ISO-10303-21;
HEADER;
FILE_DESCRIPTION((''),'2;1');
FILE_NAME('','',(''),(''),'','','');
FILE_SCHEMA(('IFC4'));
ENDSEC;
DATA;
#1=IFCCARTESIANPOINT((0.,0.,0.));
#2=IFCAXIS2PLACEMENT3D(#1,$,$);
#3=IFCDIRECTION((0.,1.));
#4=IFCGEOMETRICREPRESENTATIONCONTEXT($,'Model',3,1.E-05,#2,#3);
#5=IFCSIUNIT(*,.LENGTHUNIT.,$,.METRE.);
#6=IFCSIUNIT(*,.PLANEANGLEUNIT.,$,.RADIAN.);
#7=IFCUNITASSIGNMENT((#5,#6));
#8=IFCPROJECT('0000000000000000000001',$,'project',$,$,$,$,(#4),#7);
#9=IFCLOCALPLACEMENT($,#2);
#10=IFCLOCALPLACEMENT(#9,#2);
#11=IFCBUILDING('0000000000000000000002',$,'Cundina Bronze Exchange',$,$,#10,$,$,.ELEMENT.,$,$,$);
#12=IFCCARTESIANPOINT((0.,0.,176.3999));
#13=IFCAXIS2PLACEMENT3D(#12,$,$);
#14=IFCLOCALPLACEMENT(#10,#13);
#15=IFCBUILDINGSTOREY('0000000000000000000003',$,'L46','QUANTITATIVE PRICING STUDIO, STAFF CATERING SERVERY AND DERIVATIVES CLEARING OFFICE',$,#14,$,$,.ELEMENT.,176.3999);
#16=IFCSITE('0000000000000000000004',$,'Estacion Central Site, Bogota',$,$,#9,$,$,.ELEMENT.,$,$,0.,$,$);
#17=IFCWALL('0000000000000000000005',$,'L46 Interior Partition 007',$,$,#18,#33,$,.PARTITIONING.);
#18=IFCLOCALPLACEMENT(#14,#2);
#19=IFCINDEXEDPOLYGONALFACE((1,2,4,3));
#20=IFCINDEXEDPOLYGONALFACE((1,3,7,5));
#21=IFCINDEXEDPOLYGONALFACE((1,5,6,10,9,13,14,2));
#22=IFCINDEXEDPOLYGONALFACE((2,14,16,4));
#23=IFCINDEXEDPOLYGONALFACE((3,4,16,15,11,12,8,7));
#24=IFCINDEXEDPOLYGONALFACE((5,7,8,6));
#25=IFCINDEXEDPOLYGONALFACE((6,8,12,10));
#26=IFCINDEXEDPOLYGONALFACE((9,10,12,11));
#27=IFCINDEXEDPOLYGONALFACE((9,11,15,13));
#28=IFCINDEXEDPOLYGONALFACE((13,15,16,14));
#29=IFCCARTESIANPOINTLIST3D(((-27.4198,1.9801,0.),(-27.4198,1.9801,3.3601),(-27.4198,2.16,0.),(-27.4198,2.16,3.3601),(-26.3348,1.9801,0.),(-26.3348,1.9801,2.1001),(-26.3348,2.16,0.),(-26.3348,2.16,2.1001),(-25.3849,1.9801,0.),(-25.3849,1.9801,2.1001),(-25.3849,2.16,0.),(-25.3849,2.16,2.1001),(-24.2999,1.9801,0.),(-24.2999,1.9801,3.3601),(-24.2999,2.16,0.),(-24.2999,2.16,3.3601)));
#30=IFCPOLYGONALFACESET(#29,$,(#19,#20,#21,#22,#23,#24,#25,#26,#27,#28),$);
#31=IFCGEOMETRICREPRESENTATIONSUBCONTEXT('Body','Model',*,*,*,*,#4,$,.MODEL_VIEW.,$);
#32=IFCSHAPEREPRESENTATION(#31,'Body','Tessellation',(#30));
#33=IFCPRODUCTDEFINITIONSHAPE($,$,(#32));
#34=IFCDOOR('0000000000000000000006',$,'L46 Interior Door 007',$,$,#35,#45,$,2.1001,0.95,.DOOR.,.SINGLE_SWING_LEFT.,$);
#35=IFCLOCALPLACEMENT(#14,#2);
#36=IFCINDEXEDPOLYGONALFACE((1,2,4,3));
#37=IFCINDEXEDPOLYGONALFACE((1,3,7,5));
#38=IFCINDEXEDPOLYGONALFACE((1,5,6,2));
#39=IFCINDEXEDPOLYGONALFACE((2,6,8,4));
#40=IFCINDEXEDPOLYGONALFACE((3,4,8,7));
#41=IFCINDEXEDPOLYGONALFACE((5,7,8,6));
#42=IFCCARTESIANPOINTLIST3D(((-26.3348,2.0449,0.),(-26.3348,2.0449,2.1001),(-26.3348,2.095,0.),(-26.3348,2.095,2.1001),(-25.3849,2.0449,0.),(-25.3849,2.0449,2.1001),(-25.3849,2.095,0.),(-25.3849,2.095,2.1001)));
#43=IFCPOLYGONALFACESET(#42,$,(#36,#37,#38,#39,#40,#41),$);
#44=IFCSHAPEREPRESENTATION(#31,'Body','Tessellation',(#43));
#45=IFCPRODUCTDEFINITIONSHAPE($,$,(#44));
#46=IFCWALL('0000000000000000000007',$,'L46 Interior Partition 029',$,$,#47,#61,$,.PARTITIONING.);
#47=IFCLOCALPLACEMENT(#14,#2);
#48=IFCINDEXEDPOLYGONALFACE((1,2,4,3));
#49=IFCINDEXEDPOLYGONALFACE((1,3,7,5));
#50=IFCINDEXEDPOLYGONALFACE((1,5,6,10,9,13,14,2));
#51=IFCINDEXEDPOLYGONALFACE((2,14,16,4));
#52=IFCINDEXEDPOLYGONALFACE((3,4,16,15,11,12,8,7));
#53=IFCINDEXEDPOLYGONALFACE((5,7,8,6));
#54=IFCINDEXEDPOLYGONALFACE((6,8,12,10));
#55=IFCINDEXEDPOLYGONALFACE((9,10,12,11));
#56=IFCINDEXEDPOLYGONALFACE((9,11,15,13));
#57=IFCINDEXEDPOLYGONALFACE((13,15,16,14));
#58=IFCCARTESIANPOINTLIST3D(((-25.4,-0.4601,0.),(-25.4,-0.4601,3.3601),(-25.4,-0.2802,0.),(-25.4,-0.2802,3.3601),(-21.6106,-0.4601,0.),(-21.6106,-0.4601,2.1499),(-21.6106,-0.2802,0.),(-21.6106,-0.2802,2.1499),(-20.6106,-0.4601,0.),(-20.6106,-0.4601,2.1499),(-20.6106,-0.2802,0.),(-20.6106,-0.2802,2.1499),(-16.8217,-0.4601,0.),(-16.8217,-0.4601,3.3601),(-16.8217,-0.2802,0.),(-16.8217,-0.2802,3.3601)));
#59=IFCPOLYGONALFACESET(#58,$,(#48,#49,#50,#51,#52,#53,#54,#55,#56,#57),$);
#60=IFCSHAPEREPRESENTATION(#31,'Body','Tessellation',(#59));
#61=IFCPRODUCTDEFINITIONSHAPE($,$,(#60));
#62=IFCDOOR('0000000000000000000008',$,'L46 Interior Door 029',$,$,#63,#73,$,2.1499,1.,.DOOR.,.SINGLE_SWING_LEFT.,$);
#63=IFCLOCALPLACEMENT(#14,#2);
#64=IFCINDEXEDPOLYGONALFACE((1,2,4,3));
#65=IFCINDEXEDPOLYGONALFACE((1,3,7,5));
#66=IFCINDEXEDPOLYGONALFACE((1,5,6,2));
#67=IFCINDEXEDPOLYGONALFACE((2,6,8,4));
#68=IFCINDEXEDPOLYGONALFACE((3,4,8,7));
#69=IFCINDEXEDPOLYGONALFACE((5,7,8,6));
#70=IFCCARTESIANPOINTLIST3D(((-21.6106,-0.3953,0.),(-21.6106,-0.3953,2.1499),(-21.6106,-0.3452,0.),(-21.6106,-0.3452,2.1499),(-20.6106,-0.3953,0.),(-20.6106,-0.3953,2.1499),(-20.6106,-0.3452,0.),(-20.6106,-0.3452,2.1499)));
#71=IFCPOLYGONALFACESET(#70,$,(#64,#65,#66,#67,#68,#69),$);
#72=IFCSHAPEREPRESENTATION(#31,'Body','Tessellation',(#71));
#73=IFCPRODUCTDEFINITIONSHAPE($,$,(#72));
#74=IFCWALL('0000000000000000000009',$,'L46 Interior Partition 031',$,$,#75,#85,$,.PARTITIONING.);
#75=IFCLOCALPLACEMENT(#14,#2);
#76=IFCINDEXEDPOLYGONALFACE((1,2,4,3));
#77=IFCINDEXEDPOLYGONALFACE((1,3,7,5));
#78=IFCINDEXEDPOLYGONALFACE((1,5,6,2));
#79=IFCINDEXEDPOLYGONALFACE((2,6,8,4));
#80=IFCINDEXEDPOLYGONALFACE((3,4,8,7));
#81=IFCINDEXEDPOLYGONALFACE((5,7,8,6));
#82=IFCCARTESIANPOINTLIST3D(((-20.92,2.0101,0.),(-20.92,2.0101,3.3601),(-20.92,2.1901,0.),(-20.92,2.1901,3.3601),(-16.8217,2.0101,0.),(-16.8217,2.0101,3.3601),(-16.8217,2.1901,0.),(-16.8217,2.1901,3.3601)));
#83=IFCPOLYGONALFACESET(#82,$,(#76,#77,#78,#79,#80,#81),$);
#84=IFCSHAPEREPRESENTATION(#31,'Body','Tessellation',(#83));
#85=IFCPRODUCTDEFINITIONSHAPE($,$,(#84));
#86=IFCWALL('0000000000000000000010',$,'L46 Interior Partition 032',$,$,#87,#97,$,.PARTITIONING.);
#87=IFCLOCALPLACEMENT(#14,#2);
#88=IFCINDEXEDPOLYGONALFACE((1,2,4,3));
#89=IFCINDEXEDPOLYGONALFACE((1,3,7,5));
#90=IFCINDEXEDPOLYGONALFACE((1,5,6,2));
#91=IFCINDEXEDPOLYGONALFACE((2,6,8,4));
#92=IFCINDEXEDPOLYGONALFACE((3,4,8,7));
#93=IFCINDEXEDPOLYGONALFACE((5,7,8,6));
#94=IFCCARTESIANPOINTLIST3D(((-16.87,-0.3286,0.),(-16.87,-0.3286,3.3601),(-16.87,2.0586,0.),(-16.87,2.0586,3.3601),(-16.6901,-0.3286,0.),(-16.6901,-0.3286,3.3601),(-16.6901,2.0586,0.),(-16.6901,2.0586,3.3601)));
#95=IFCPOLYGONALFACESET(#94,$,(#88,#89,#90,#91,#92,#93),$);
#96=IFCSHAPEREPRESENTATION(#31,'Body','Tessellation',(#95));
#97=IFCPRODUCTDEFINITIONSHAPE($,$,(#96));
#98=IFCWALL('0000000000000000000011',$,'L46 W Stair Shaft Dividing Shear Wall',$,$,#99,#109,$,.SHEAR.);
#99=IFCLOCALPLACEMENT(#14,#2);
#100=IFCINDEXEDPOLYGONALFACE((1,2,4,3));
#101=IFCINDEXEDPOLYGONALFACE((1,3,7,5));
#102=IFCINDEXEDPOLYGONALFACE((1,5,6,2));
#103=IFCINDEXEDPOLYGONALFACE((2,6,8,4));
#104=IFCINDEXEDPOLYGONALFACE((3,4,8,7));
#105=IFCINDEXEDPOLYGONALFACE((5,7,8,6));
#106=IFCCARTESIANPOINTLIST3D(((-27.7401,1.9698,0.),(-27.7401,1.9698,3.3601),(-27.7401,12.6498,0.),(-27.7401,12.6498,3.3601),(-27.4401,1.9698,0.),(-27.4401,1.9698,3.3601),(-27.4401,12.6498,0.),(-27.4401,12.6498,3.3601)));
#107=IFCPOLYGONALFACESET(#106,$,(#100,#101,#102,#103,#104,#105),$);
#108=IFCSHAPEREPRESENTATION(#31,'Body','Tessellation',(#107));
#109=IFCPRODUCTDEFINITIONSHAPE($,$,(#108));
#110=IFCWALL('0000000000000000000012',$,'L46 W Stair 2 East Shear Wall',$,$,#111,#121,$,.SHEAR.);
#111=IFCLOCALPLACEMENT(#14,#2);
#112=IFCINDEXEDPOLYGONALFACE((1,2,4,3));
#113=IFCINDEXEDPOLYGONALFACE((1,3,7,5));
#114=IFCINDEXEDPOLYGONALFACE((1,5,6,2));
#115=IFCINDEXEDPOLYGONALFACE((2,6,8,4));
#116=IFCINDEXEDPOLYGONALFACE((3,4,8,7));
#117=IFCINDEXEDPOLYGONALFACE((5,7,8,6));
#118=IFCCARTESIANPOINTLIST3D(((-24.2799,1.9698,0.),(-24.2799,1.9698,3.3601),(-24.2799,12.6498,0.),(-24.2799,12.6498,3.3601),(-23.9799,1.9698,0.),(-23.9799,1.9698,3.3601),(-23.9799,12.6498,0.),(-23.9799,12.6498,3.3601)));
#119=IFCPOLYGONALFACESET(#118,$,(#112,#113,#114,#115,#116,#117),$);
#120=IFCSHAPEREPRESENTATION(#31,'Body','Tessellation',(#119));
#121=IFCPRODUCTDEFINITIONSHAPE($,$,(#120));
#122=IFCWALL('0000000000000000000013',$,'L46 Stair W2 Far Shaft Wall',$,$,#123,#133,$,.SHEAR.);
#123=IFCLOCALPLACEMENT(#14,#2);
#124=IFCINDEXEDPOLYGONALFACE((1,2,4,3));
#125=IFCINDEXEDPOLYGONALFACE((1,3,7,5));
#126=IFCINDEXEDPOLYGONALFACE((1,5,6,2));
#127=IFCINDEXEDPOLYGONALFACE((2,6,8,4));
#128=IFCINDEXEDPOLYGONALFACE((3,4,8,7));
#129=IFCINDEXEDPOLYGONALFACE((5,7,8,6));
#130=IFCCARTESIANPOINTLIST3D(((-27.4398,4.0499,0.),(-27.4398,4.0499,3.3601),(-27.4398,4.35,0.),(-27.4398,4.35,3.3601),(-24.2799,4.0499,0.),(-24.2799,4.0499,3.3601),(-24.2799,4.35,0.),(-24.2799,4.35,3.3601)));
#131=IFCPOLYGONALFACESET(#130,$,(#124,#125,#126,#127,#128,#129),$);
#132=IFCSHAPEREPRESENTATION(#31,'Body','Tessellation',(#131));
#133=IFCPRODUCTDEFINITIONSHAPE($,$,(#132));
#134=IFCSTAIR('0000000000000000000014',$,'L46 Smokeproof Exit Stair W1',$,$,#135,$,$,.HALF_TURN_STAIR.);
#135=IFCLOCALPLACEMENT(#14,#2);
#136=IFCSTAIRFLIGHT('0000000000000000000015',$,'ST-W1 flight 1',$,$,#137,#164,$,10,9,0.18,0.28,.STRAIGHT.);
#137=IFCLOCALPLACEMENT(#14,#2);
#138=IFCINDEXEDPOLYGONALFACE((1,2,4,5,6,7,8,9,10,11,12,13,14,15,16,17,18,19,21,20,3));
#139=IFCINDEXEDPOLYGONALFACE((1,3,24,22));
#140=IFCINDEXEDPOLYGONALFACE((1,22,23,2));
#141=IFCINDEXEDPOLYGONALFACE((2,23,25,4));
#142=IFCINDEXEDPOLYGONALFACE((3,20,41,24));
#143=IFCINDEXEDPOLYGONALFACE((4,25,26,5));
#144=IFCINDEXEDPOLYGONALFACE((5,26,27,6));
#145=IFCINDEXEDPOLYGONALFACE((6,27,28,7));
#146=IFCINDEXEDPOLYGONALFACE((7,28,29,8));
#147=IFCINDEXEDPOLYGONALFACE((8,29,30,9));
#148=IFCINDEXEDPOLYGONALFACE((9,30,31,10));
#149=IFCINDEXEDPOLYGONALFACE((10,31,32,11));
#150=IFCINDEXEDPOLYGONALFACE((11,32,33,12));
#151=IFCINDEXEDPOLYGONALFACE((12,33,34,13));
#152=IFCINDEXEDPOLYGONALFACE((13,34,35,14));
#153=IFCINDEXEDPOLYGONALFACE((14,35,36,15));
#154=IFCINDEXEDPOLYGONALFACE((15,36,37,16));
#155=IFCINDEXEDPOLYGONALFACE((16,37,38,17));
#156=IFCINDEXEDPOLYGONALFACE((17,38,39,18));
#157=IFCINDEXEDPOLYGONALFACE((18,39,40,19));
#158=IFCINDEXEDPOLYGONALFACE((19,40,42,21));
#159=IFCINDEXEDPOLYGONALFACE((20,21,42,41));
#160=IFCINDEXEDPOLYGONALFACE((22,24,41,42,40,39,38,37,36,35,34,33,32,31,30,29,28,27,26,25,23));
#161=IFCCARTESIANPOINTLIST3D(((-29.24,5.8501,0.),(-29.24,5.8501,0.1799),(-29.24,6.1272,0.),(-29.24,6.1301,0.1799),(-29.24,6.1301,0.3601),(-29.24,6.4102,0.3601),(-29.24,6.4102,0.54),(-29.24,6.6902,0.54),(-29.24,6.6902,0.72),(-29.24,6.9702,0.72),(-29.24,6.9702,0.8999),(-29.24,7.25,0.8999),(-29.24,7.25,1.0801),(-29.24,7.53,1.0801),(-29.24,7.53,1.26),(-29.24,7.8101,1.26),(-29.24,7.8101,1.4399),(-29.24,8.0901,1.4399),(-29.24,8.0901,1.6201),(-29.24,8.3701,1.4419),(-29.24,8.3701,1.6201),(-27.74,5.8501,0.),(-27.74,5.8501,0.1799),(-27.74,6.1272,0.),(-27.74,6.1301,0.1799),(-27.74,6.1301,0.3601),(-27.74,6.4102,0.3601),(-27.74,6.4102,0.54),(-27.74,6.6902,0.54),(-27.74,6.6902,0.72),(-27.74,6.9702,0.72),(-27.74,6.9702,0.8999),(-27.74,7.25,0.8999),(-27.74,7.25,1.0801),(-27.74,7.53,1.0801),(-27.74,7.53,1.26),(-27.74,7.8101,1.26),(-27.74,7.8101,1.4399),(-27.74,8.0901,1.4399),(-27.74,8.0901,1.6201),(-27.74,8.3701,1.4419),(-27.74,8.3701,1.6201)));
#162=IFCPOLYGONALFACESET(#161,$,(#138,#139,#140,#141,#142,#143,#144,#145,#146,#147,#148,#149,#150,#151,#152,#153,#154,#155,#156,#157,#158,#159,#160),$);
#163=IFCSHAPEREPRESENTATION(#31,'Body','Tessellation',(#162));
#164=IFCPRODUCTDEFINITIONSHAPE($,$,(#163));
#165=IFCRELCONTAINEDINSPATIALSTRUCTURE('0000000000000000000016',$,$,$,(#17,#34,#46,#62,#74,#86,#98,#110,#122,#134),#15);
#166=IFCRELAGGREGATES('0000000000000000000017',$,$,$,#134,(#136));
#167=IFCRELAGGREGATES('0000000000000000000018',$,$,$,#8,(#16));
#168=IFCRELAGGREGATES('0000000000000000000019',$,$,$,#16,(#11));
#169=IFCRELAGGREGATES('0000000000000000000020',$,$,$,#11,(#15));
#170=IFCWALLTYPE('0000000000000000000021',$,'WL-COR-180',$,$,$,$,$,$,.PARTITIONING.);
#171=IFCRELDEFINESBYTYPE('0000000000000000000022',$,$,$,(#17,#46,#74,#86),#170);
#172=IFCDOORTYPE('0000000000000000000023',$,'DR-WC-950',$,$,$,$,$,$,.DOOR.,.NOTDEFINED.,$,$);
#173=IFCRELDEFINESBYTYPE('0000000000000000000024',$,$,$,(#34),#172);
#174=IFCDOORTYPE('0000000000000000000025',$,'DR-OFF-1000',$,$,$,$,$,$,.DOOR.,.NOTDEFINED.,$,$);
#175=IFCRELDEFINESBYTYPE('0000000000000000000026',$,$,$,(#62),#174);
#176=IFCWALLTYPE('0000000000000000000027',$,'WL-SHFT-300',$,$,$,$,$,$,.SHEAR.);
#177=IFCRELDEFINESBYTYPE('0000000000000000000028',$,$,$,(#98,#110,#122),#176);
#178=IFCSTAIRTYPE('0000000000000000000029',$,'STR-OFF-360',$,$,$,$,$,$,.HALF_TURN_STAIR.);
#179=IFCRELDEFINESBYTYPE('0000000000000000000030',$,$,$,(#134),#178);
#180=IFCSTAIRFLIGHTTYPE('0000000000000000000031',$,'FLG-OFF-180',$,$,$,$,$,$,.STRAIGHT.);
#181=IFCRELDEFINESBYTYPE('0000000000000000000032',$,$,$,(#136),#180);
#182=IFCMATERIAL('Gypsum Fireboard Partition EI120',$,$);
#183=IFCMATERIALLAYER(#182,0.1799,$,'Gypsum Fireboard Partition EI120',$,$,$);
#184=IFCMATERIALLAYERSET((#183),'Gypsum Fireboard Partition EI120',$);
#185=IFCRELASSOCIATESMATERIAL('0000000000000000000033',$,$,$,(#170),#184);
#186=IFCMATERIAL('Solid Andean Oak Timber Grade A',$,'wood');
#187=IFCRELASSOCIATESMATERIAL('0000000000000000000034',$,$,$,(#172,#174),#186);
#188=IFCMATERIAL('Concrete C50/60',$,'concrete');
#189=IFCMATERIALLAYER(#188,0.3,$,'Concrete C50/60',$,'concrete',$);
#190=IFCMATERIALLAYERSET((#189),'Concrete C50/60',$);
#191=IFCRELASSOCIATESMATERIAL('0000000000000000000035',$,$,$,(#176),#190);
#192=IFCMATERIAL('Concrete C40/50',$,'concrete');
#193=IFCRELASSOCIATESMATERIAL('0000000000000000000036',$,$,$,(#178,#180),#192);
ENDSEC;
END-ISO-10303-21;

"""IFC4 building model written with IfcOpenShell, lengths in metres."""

from ifc_helpers import new_model, si_unit, direction, frame, frame_2d, origin, place, context, subcontext, project, spatial, polyline, rectangle, outline, extrude, material, layer, layer_set, type_object, element, fill, aggregate, save


model = new_model("IFC4")

# Units and contexts
model_context = context("Model", 3, precision=1e-05, world=origin(), true_north=direction((0.0, 1.0)))
body_context = subcontext(model_context, "Body", "Model", "MODEL_VIEW")
ifc_project = project(units=[si_unit("LENGTHUNIT", "METRE"), si_unit("PLANEANGLEUNIT", "RADIAN")], contexts=[model_context])

# Site, building, storey
site_placement = place(None, origin())
site = spatial("IfcSite", under=ifc_project, at=site_placement, Name="Estacion Central Site, Bogota", CompositionType="ELEMENT", RefElevation=0.0)
building_placement = place(site_placement, origin())
building = spatial("IfcBuilding", under=site, at=building_placement, Name="Cundina Bronze Exchange", CompositionType="ELEMENT")
storey_placement = place(building_placement, frame((0.0, 0.0, 176.3999)))
storey = spatial("IfcBuildingStorey", under=building, at=storey_placement, Name="L46", Description="QUANTITATIVE PRICING STUDIO, STAFF CATERING SERVERY AND DERIVATIVES CLEARING OFFICE", CompositionType="ELEMENT", Elevation=176.3999)

# Shared definitions
ifc_material_1 = material(Name="Concrete C50/60", Category="concrete")

# Shared definitions
ifc_material_2 = material(Name="Gypsum Fireboard Partition EI120")
ifc_layer_1 = layer(ifc_material_2, 0.1799, Name="Gypsum Fireboard Partition EI120")
ifc_layer_set_1 = layer_set([ifc_layer_1], Name="Gypsum Fireboard Partition EI120")
wall_type_1 = type_object("IfcWallType", Name="WL-COR-180", PredefinedType="PARTITIONING", material=ifc_layer_set_1)

# Walls, openings, doors
wall_1_placement = place(storey_placement, frame((-27.4199, 2.0701, 0.0), z_axis=(0.0, 0.0, 1.0), x_axis=(1.0, 0.0, 0.0)))
wall_1 = element("IfcWall", 1, at=wall_1_placement, inside=storey, type_object=wall_type_1, Name="L46 Interior Partition 007", PredefinedType="PARTITIONING", context=body_context, shape_type="SweptSolid", body=[
    extrude(rectangle(XDim=3.1199, YDim=0.1799, at=frame_2d((1.5601, 0.0))), origin(), (0.0, 0.0, 1.0), 3.3601),
])
opening_1_placement = place(wall_1_placement, frame((1.085, 0.0, 0.0)))
opening_1 = element("IfcOpeningElement", 2, at=opening_1_placement, cuts=wall_1, PredefinedType="OPENING", context=body_context, shape_type="SweptSolid", body=[
    extrude(rectangle(XDim=0.95, YDim=2.1001, at=frame_2d((0.4751, 1.05))), frame((0.0, 0.0999, 0.0), z_axis=(0.0, -1.0, 0.0), x_axis=(1.0, 0.0, 0.0)), (0.0, 0.0, 1.0), 0.2),
])
ifc_material_3 = material(Name="Solid Andean Oak Timber Grade A", Category="wood")
door_type_1 = type_object("IfcDoorType", Name="DR-WC-950", OperationType="NOTDEFINED", PredefinedType="DOOR", material=ifc_material_3)
door_1_placement = place(opening_1_placement, origin())
door_1 = element("IfcDoor", 3, at=door_1_placement, inside=storey, type_object=door_type_1, Name="L46 Interior Door 007", OperationType="SINGLE_SWING_LEFT", OverallHeight=2.1001, OverallWidth=0.95, PredefinedType="DOOR", context=body_context, shape_type="SweptSolid", body=[
    extrude(rectangle(XDim=0.95, YDim=2.1001, at=frame_2d((0.4751, 1.05))), frame((0.0, 0.0249, 0.0), z_axis=(0.0, -1.0, 0.0), x_axis=(1.0, 0.0, 0.0)), (0.0, 0.0, 1.0), 0.05),
])
fill(opening_1, door_1)
wall_2_placement = place(storey_placement, frame((-25.3999, -0.3701, 0.0), z_axis=(0.0, 0.0, 1.0), x_axis=(1.0, 0.0, 0.0)))
wall_2 = element("IfcWall", 4, at=wall_2_placement, inside=storey, type_object=wall_type_1, Name="L46 Interior Partition 029", PredefinedType="PARTITIONING", context=body_context, shape_type="SweptSolid", body=[
    extrude(rectangle(XDim=8.5784, YDim=0.1799, at=frame_2d((4.2891, 0.0))), origin(), (0.0, 0.0, 1.0), 3.3601),
])
opening_2_placement = place(wall_2_placement, frame((3.7893, 0.0, 0.0)))
opening_2 = element("IfcOpeningElement", 5, at=opening_2_placement, cuts=wall_2, PredefinedType="OPENING", context=body_context, shape_type="SweptSolid", body=[
    extrude(rectangle(XDim=1.0, YDim=2.1499, at=frame_2d((0.5, 1.075))), frame((0.0, 0.0999, 0.0), z_axis=(0.0, -1.0, 0.0), x_axis=(1.0, 0.0, 0.0)), (0.0, 0.0, 1.0), 0.2),
])
door_type_2 = type_object("IfcDoorType", Name="DR-OFF-1000", OperationType="NOTDEFINED", PredefinedType="DOOR", material=ifc_material_3)
door_2_placement = place(opening_2_placement, origin())
door_2 = element("IfcDoor", 6, at=door_2_placement, inside=storey, type_object=door_type_2, Name="L46 Interior Door 029", OperationType="SINGLE_SWING_LEFT", OverallHeight=2.1499, OverallWidth=1.0, PredefinedType="DOOR", context=body_context, shape_type="SweptSolid", body=[
    extrude(rectangle(XDim=1.0, YDim=2.1499, at=frame_2d((0.5, 1.075))), frame((0.0, 0.0249, 0.0), z_axis=(0.0, -1.0, 0.0), x_axis=(1.0, 0.0, 0.0)), (0.0, 0.0, 1.0), 0.05),
])
fill(opening_2, door_2)

# Walls
wall_3_placement = place(storey_placement, frame((-16.8215, 2.1001, 0.0), z_axis=(0.0, 0.0, 1.0), x_axis=(-1.0, 0.0, 0.0)))
element("IfcWall", 7, at=wall_3_placement, inside=storey, type_object=wall_type_1, Name="L46 Interior Partition 031", PredefinedType="PARTITIONING", context=body_context, shape_type="SweptSolid", body=[
    extrude(rectangle(XDim=4.0984, YDim=0.1799, at=frame_2d((2.0493, 0.0))), origin(), (0.0, 0.0, 1.0), 3.3601),
])
wall_4_placement = place(storey_placement, frame((-16.78, -0.3286, 0.0), z_axis=(0.0, 0.0, 1.0), x_axis=(0.0, 1.0, 0.0)))
element("IfcWall", 8, at=wall_4_placement, inside=storey, type_object=wall_type_1, Name="L46 Interior Partition 032", PredefinedType="PARTITIONING", context=body_context, shape_type="SweptSolid", body=[
    extrude(rectangle(XDim=2.3872, YDim=0.1799, at=frame_2d((1.1936, 0.0))), origin(), (0.0, 0.0, 1.0), 3.3601),
])
ifc_layer_2 = layer(ifc_material_1, 0.3, Name="Concrete C50/60", Category="concrete")
ifc_layer_set_2 = layer_set([ifc_layer_2], Name="Concrete C50/60")
wall_type_2 = type_object("IfcWallType", Name="WL-SHFT-300", PredefinedType="SHEAR", material=ifc_layer_set_2)
for number, where, z_axis, x_axis, name in (
    (9, (-27.5901, 1.97, 0.0), (0.0, 0.0, 1.0), (0.0, 1.0, 0.0), "L46 W Stair Shaft Dividing Shear Wall"),
    (10, (-24.1299, 1.97, 0.0), (0.0, 0.0, 1.0), (0.0, 1.0, 0.0), "L46 W Stair 2 East Shear Wall"),
):
    element("IfcWall", number, at=place(storey_placement, frame(where, z_axis=z_axis, x_axis=x_axis)), inside=storey, type_object=wall_type_2, Name=name, PredefinedType="SHEAR", context=body_context, shape_type="SweptSolid", body=[
        extrude(rectangle(XDim=10.6799, YDim=0.3, at=frame_2d((5.3398, 0.0))), origin(), (0.0, 0.0, 1.0), 3.3601),
    ])
wall_5_placement = place(storey_placement, frame((-27.4399, 4.2, 0.0), z_axis=(0.0, 0.0, 1.0), x_axis=(1.0, 0.0, 0.0)))
element("IfcWall", 11, at=wall_5_placement, inside=storey, type_object=wall_type_2, Name="L46 Stair W2 Far Shaft Wall", PredefinedType="SHEAR", context=body_context, shape_type="SweptSolid", body=[
    extrude(rectangle(XDim=3.1599, YDim=0.3, at=frame_2d((1.5801, 0.0))), origin(), (0.0, 0.0, 1.0), 3.3601),
])

# Stair, stair flight
ifc_material_4 = material(Name="Concrete C40/50", Category="concrete")
stair_type = type_object("IfcStairType", Name="STR-OFF-360", PredefinedType="HALF_TURN_STAIR", material=ifc_material_4)
stair_placement = place(storey_placement, origin())
stair = element("IfcStair", 12, at=stair_placement, inside=storey, type_object=stair_type, Name="L46 Smokeproof Exit Stair W1", PredefinedType="HALF_TURN_STAIR")
stair_flight_type = type_object("IfcStairFlightType", Name="FLG-OFF-180", PredefinedType="STRAIGHT", material=ifc_material_4)
stair_flight_placement = place(storey_placement, frame((-28.49, 5.8501, 0.0), z_axis=(0.0, 0.0, 1.0), x_axis=(0.0, 1.0, 0.0)))
stair_flight = element("IfcStairFlight", 13, at=stair_flight_placement, type_object=stair_flight_type, Name="ST-W1 flight 1", NumberOfRisers=10, NumberOfTreads=9, PredefinedType="STRAIGHT", RiserHeight=0.18, TreadLength=0.28, context=body_context, shape_type="SweptSolid", body=[
    extrude(outline(polyline([(0.0, 0.0), (0.0, 0.1799), (0.28, 0.1799), (0.28, 0.3601), (0.5601, 0.3601), (0.5601, 0.54), (0.8401, 0.54), (0.8401, 0.72), (1.1201, 0.72), (1.1201, 0.8999), (1.3999, 0.8999), (1.3999, 1.0801), (1.6799, 1.0801), (1.6799, 1.26), (1.96, 1.26), (1.96, 1.4399), (2.24, 1.4399), (2.24, 1.6201), (2.52, 1.6201), (2.52, 1.8), (2.52, 1.4419), (0.2771, 0.0), (0.0, 0.0)])), frame((0.0, 0.75, 0.0), z_axis=(0.0, -1.0, 0.0), x_axis=(1.0, 0.0, 0.0)), (0.0, 0.0, 1.0), 1.5),
])
aggregate(stair, [stair_flight])

save(model, "model.ifc")
